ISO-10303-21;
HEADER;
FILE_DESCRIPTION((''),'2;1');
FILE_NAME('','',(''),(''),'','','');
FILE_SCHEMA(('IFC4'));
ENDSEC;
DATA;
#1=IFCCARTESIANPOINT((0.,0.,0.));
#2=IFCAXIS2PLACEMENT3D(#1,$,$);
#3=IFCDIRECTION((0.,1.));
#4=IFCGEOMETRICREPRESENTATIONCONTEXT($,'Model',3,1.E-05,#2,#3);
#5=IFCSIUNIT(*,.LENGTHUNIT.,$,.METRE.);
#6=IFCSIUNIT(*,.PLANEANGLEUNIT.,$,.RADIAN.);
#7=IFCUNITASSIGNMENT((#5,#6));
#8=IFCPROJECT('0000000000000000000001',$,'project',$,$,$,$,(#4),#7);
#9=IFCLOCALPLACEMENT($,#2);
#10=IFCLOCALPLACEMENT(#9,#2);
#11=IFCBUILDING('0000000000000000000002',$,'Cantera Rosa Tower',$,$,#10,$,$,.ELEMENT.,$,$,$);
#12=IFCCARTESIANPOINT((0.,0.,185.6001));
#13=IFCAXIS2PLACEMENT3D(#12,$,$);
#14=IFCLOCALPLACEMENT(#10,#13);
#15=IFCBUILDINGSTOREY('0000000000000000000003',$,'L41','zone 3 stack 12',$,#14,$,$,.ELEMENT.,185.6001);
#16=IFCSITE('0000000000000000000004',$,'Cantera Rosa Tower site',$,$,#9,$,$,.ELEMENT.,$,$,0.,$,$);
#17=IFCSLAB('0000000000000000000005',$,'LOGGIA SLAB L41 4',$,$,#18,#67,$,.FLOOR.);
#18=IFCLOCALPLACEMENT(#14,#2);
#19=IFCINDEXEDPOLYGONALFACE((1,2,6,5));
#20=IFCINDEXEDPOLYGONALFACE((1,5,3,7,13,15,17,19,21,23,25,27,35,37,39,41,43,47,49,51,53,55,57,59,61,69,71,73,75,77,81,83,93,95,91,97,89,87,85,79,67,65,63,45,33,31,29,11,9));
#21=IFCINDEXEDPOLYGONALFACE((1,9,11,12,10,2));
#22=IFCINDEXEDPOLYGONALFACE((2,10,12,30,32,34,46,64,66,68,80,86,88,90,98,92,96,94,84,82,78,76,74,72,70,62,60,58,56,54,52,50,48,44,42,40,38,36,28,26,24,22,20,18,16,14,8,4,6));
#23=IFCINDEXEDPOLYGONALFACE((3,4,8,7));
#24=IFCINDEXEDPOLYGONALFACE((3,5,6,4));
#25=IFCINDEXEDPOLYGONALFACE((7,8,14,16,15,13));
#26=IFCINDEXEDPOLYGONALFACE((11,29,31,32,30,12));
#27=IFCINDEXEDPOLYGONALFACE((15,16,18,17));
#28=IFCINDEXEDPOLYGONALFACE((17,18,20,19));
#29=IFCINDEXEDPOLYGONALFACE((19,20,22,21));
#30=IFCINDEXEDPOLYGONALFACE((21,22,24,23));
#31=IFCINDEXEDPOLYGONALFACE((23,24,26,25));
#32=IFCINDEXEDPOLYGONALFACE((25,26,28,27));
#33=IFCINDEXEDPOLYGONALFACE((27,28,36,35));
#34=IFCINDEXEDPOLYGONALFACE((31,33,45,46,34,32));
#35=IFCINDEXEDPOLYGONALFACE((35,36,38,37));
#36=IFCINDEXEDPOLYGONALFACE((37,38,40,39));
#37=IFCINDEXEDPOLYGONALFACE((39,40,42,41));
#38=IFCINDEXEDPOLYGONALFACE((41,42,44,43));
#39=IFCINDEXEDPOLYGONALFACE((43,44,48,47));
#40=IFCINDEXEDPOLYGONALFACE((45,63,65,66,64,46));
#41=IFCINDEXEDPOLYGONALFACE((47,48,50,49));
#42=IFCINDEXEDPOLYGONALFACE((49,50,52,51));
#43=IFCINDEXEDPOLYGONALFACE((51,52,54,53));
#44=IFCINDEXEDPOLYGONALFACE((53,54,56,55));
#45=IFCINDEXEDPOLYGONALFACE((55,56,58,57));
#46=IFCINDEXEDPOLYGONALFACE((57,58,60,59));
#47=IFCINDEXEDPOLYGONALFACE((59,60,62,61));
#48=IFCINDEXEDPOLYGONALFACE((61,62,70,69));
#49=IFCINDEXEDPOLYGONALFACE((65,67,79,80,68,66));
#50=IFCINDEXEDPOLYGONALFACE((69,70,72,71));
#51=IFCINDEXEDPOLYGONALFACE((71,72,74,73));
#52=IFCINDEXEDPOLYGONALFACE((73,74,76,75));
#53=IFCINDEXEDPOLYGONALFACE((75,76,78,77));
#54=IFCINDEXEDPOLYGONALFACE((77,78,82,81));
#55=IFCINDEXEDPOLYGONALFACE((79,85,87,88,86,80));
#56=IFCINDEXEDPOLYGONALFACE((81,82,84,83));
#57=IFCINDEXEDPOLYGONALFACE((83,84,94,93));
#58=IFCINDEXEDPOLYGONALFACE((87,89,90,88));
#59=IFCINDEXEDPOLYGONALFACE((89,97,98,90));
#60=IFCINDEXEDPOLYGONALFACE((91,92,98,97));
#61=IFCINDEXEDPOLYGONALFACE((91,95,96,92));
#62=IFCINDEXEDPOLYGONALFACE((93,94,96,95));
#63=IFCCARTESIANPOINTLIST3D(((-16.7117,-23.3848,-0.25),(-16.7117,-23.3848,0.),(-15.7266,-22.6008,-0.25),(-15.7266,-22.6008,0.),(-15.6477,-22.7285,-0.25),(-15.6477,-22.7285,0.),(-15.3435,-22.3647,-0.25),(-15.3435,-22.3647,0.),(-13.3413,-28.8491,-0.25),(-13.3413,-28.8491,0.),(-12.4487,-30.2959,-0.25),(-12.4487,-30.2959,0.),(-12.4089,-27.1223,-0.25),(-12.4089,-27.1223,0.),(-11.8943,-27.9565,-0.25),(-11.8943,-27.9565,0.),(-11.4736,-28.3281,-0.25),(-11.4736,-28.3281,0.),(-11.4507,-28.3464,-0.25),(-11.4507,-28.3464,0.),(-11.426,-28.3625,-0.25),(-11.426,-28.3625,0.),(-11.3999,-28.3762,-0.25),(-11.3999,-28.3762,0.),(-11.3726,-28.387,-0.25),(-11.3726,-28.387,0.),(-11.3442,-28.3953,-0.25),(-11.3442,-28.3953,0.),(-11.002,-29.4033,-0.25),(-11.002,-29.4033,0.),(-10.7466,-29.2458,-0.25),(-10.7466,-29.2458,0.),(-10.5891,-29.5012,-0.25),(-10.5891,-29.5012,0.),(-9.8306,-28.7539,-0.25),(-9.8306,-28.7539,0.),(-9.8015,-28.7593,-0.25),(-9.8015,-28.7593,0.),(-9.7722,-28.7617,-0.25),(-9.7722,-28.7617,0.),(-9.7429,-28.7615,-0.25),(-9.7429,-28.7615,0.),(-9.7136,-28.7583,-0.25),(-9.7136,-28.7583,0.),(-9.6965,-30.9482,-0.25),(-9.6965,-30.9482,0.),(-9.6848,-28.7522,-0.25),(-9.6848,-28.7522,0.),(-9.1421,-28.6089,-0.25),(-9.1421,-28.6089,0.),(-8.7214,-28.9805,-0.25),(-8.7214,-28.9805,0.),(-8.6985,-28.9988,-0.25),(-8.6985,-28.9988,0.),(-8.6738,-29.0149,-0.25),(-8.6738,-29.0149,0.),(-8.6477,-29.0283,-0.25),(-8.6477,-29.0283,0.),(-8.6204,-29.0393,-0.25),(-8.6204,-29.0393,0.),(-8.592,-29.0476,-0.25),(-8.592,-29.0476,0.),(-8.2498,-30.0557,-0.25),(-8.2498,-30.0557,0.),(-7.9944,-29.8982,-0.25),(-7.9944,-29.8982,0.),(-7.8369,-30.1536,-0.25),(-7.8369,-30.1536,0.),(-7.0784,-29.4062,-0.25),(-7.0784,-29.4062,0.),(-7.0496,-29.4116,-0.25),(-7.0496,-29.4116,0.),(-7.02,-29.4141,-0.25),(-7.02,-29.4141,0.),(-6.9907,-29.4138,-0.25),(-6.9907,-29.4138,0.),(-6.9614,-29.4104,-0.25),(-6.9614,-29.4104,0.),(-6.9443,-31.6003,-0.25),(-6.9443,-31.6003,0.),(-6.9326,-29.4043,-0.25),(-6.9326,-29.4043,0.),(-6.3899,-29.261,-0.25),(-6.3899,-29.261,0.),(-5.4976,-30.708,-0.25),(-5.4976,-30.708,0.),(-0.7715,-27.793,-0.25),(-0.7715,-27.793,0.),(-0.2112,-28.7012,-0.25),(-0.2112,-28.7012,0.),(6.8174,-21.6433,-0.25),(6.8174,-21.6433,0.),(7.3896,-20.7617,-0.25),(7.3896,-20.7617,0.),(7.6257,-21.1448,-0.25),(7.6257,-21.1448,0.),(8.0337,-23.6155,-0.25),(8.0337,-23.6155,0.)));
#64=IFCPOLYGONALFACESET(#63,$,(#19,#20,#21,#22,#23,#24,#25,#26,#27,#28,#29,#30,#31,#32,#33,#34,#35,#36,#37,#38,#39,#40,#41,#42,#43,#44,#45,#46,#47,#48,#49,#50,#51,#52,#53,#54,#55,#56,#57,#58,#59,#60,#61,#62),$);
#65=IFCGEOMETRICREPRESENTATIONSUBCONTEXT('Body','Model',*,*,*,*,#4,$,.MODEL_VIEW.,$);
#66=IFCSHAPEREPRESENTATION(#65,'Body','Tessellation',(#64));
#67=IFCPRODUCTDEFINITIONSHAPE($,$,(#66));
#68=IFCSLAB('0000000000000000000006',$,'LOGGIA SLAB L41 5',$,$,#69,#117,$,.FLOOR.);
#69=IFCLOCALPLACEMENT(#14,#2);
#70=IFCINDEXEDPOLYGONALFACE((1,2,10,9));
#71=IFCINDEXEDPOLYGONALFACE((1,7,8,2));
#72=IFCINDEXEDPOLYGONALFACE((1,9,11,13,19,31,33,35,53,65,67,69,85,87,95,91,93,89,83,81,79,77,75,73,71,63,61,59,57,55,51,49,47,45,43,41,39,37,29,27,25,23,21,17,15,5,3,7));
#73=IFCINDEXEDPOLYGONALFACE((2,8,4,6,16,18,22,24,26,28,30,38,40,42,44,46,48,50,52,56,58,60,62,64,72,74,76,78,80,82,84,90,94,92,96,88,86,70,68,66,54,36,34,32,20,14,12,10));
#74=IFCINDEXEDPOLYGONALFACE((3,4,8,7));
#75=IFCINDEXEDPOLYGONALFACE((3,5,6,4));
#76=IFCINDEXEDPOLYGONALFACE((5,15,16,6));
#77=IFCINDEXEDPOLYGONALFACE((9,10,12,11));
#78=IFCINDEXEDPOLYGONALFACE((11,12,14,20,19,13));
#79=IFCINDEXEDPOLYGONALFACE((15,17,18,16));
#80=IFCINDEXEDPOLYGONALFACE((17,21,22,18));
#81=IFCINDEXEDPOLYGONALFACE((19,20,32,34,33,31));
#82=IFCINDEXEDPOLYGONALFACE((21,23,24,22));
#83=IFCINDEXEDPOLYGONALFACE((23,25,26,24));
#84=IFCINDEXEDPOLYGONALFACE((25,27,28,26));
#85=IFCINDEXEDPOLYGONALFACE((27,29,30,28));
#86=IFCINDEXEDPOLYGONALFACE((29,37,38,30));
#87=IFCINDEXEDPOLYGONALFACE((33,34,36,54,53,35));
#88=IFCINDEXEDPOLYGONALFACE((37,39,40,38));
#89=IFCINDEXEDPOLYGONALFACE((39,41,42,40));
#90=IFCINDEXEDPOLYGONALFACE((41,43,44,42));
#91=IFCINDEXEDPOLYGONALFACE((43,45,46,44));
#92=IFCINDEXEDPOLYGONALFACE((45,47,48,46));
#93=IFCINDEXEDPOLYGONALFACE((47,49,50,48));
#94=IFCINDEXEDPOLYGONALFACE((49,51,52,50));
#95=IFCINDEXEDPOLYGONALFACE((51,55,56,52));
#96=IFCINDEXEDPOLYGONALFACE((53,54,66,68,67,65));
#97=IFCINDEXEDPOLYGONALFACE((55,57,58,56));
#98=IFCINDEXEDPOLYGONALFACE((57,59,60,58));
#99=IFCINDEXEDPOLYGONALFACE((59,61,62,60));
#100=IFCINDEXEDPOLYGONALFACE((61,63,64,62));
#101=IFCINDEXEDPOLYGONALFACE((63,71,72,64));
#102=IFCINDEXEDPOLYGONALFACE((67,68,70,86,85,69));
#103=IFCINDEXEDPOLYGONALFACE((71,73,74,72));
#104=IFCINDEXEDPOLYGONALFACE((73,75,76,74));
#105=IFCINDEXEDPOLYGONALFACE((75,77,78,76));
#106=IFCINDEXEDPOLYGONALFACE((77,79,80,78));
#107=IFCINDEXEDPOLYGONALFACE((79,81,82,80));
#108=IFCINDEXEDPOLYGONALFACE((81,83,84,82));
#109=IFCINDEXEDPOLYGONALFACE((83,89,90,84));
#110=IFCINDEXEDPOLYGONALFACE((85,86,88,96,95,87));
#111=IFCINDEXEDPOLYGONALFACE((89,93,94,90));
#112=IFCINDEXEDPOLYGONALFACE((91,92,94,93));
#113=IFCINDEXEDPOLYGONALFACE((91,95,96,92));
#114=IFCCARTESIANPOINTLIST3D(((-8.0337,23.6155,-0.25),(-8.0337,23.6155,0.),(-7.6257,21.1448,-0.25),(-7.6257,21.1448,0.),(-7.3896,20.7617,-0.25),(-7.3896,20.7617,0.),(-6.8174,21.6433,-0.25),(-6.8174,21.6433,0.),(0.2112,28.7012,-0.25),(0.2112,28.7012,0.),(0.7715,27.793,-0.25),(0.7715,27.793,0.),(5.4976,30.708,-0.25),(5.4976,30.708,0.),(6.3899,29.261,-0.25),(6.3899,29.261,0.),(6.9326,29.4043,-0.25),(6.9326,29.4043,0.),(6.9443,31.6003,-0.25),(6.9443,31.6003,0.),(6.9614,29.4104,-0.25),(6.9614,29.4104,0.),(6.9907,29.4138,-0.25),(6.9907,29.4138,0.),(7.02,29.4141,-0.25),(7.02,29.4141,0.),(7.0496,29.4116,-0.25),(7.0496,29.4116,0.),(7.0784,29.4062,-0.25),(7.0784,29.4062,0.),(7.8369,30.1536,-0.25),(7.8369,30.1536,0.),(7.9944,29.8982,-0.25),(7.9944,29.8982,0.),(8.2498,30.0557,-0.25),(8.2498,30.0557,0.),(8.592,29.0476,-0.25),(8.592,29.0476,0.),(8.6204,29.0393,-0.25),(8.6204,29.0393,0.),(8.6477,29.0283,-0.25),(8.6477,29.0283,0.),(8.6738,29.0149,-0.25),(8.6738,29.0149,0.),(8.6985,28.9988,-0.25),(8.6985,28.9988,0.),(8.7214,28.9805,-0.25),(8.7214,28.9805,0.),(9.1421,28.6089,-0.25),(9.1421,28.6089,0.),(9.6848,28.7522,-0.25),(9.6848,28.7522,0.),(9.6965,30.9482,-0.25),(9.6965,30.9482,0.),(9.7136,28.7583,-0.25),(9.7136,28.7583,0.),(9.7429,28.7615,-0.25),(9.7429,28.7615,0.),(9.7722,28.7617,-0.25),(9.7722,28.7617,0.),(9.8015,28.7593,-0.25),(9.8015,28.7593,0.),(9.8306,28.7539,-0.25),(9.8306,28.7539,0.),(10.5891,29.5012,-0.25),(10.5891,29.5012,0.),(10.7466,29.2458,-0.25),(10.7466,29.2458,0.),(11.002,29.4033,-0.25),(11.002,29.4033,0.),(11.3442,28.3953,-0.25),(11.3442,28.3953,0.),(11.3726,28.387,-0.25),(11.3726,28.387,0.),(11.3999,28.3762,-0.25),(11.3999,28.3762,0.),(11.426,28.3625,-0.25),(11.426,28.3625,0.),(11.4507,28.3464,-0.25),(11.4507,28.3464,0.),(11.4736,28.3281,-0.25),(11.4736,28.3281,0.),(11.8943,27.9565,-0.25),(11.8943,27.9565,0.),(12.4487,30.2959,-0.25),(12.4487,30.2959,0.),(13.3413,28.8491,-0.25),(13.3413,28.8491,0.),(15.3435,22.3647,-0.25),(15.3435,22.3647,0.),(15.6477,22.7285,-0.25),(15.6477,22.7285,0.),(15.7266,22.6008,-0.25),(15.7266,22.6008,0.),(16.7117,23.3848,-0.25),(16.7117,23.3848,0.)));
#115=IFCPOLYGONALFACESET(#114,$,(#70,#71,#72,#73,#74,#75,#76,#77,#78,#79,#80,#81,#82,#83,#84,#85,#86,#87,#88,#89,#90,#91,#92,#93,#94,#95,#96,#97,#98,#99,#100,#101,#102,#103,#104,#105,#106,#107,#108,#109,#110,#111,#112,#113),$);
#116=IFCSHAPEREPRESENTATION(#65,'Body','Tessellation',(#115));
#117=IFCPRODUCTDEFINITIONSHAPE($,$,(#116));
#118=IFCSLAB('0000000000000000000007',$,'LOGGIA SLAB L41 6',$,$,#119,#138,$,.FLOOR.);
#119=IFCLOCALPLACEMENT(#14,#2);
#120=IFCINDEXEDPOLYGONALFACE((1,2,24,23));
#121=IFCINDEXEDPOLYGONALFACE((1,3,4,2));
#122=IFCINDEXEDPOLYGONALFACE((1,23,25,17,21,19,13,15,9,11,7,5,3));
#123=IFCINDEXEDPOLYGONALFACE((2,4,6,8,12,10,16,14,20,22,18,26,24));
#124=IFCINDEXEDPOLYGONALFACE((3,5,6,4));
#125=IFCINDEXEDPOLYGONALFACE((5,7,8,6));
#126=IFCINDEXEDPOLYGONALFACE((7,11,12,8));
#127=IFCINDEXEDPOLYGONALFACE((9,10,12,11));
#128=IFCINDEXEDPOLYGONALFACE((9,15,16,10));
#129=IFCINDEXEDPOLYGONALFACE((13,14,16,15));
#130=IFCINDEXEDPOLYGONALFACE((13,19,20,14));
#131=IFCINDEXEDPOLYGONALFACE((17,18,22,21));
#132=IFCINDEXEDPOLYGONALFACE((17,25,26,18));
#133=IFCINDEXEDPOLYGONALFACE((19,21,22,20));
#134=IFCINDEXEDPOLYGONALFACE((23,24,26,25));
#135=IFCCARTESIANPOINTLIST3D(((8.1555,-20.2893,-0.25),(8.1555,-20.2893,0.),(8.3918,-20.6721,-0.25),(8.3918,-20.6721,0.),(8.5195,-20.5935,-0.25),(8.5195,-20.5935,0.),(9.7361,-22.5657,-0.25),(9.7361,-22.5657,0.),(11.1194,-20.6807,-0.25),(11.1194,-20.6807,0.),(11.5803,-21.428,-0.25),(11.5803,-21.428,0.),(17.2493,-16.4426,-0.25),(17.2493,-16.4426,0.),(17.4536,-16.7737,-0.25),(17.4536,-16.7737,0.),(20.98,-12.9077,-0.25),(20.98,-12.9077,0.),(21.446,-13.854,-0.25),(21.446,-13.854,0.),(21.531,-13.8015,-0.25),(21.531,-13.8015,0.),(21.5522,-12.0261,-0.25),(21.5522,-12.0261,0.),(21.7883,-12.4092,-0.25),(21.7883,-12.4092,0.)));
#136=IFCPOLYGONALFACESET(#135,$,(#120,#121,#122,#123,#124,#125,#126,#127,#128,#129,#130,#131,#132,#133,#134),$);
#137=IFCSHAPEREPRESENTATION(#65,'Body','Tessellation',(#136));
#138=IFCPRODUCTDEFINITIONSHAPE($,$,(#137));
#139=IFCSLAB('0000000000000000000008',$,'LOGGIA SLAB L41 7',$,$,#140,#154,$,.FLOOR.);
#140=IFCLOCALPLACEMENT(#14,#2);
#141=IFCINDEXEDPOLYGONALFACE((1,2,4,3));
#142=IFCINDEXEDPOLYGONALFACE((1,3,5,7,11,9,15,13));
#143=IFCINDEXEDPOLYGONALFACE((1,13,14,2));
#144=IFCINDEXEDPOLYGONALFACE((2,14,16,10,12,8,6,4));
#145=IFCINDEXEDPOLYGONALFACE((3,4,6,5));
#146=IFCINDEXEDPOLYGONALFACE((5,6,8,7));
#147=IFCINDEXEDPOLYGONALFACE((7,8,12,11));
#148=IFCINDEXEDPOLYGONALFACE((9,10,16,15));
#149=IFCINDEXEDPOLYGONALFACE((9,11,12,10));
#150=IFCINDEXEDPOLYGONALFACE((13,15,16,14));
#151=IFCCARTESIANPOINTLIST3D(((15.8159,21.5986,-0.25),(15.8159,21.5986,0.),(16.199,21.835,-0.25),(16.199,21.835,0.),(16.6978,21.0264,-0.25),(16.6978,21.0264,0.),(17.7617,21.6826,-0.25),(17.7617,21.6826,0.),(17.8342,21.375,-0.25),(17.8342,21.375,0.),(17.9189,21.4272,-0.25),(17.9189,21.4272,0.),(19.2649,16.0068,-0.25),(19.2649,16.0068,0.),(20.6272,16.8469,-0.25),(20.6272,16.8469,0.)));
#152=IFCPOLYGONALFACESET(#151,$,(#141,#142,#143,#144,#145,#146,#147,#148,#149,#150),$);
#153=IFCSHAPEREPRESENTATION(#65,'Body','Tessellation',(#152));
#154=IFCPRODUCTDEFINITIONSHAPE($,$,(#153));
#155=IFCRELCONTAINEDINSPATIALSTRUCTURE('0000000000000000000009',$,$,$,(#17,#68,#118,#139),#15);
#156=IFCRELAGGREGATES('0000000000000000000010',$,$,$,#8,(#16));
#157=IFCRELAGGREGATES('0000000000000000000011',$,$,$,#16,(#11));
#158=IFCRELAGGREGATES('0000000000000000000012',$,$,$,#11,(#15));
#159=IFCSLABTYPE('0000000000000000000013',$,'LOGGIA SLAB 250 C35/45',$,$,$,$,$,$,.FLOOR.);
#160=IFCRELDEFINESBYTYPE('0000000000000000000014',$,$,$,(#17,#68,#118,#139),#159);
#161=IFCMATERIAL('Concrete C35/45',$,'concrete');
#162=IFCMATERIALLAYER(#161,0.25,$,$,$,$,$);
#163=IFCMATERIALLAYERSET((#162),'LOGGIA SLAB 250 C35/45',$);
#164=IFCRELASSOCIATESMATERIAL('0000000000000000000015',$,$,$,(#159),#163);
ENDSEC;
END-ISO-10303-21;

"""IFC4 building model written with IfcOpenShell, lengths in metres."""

from ifc_helpers import new_model, si_unit, direction, frame, origin, place, context, subcontext, project, spatial, polyline, outline, extrude, material, layer, layer_set, type_object, element, save


model = new_model("IFC4")

# Units and contexts
model_context = context("Model", 3, precision=1e-05, world=origin(), true_north=direction((0.0, 1.0)))
body_context = subcontext(model_context, "Body", "Model", "MODEL_VIEW")
ifc_project = project(units=[si_unit("LENGTHUNIT", "METRE"), si_unit("PLANEANGLEUNIT", "RADIAN")], contexts=[model_context])

# Site, building, storey
site_placement = place(None, origin())
site = spatial("IfcSite", under=ifc_project, at=site_placement, Name="Cantera Rosa Tower site", CompositionType="ELEMENT", RefElevation=0.0)
building_placement = place(site_placement, origin())
building = spatial("IfcBuilding", under=site, at=building_placement, Name="Cantera Rosa Tower", CompositionType="ELEMENT")
storey_placement = place(building_placement, frame((0.0, 0.0, 185.6001)))
storey = spatial("IfcBuildingStorey", under=building, at=storey_placement, Name="L41", Description="zone 3 stack 12", CompositionType="ELEMENT", Elevation=185.6001)

# Slabs
ifc_material_1 = material(Name="Concrete C35/45", Category="concrete")
ifc_layer_1 = layer(ifc_material_1, 0.25)
ifc_layer_set_1 = layer_set([ifc_layer_1], Name="LOGGIA SLAB 250 C35/45")
slab_type_1 = type_object("IfcSlabType", Name="LOGGIA SLAB 250 C35/45", PredefinedType="FLOOR", material=ifc_layer_set_1)
slab_1_placement = place(storey_placement, frame((0.0, 0.0, -0.25)))
element("IfcSlab", 1, at=slab_1_placement, inside=storey, type_object=slab_type_1, Name="LOGGIA SLAB L41 4", PredefinedType="FLOOR", context=body_context, shape_type="SweptSolid", body=[
    extrude(outline(polyline([(-5.4976, -30.708), (-6.9443, -31.6003), (-7.8369, -30.1536), (-7.9944, -29.8982), (-8.2498, -30.0557), (-9.6965, -30.9482), (-10.5891, -29.5012), (-10.7466, -29.2458), (-11.002, -29.4033), (-12.4487, -30.2959), (-13.3413, -28.8491), (-16.7117, -23.3848), (-15.6477, -22.7285), (-15.7266, -22.6008), (-15.3435, -22.3647), (-12.4089, -27.1223), (-11.8943, -27.9565), (-11.4736, -28.3281), (-11.4507, -28.3464), (-11.426, -28.3625), (-11.3999, -28.3762), (-11.3726, -28.387), (-11.3442, -28.3953), (-9.8306, -28.7539), (-9.8015, -28.7593), (-9.7722, -28.7617), (-9.7429, -28.7615), (-9.7136, -28.7583), (-9.6848, -28.7522), (-9.1421, -28.6089), (-8.7214, -28.9805), (-8.6985, -28.9988), (-8.6738, -29.0149), (-8.6477, -29.0283), (-8.6204, -29.0393), (-8.592, -29.0476), (-7.0784, -29.4062), (-7.0496, -29.4116), (-7.02, -29.4141), (-6.9907, -29.4138), (-6.9614, -29.4104), (-6.9326, -29.4043), (-6.3899, -29.261), (7.3896, -20.7617), (7.6257, -21.1448), (6.8174, -21.6433), (8.0337, -23.6155), (-0.2112, -28.7012), (-0.7715, -27.793), (-5.4976, -30.708)])), origin(), (0.0, 0.0, 1.0), 0.25),
])
slab_2_placement = place(storey_placement, frame((0.0, 0.0, -0.25)))
element("IfcSlab", 2, at=slab_2_placement, inside=storey, type_object=slab_type_1, Name="LOGGIA SLAB L41 5", PredefinedType="FLOOR", context=body_context, shape_type="SweptSolid", body=[
    extrude(outline(polyline([(5.4976, 30.708), (6.9443, 31.6003), (7.8369, 30.1536), (7.9944, 29.8982), (8.2498, 30.0557), (9.6965, 30.9482), (10.5891, 29.5012), (10.7466, 29.2458), (11.002, 29.4033), (12.4487, 30.2959), (13.3413, 28.8491), (16.7117, 23.3848), (15.6477, 22.7285), (15.7266, 22.6008), (15.3435, 22.3647), (11.8943, 27.9565), (11.4736, 28.3281), (11.4507, 28.3464), (11.426, 28.3625), (11.3999, 28.3762), (11.3726, 28.387), (11.3442, 28.3953), (9.8306, 28.7539), (9.8015, 28.7593), (9.7722, 28.7617), (9.7429, 28.7615), (9.7136, 28.7583), (9.6848, 28.7522), (9.1421, 28.6089), (8.7214, 28.9805), (8.6985, 28.9988), (8.6738, 29.0149), (8.6477, 29.0283), (8.6204, 29.0393), (8.592, 29.0476), (7.0784, 29.4062), (7.0496, 29.4116), (7.02, 29.4141), (6.9907, 29.4138), (6.9614, 29.4104), (6.9326, 29.4043), (6.3899, 29.261), (-7.3896, 20.7617), (-7.6257, 21.1448), (-6.8174, 21.6433), (-8.0337, 23.6155), (0.2112, 28.7012), (0.7715, 27.793), (5.4976, 30.708)])), origin(), (0.0, 0.0, 1.0), 0.25),
])
slab_3_placement = place(storey_placement, frame((0.0, 0.0, -0.25)))
element("IfcSlab", 3, at=slab_3_placement, inside=storey, type_object=slab_type_1, Name="LOGGIA SLAB L41 6", PredefinedType="FLOOR", context=body_context, shape_type="SweptSolid", body=[
    extrude(outline(polyline([(8.3918, -20.6721), (8.1555, -20.2893), (21.5522, -12.0261), (21.7883, -12.4092), (20.98, -12.9077), (21.531, -13.8015), (21.446, -13.854), (17.2493, -16.4426), (17.4536, -16.7737), (11.1194, -20.6807), (11.5803, -21.428), (9.7361, -22.5657), (8.5195, -20.5935), (8.3918, -20.6721)])), origin(), (0.0, 0.0, 1.0), 0.25),
])
slab_4_placement = place(storey_placement, frame((0.0, 0.0, -0.25)))
element("IfcSlab", 4, at=slab_4_placement, inside=storey, type_object=slab_type_1, Name="LOGGIA SLAB L41 7", PredefinedType="FLOOR", context=body_context, shape_type="SweptSolid", body=[
    extrude(outline(polyline([(20.6272, 16.8469), (19.2649, 16.0068), (15.8159, 21.5986), (16.199, 21.835), (16.6978, 21.0264), (17.7617, 21.6826), (17.9189, 21.4272), (17.8342, 21.375), (20.6272, 16.8469)])), origin(), (0.0, 0.0, 1.0), 0.25),
])

save(model, "model.ifc")
